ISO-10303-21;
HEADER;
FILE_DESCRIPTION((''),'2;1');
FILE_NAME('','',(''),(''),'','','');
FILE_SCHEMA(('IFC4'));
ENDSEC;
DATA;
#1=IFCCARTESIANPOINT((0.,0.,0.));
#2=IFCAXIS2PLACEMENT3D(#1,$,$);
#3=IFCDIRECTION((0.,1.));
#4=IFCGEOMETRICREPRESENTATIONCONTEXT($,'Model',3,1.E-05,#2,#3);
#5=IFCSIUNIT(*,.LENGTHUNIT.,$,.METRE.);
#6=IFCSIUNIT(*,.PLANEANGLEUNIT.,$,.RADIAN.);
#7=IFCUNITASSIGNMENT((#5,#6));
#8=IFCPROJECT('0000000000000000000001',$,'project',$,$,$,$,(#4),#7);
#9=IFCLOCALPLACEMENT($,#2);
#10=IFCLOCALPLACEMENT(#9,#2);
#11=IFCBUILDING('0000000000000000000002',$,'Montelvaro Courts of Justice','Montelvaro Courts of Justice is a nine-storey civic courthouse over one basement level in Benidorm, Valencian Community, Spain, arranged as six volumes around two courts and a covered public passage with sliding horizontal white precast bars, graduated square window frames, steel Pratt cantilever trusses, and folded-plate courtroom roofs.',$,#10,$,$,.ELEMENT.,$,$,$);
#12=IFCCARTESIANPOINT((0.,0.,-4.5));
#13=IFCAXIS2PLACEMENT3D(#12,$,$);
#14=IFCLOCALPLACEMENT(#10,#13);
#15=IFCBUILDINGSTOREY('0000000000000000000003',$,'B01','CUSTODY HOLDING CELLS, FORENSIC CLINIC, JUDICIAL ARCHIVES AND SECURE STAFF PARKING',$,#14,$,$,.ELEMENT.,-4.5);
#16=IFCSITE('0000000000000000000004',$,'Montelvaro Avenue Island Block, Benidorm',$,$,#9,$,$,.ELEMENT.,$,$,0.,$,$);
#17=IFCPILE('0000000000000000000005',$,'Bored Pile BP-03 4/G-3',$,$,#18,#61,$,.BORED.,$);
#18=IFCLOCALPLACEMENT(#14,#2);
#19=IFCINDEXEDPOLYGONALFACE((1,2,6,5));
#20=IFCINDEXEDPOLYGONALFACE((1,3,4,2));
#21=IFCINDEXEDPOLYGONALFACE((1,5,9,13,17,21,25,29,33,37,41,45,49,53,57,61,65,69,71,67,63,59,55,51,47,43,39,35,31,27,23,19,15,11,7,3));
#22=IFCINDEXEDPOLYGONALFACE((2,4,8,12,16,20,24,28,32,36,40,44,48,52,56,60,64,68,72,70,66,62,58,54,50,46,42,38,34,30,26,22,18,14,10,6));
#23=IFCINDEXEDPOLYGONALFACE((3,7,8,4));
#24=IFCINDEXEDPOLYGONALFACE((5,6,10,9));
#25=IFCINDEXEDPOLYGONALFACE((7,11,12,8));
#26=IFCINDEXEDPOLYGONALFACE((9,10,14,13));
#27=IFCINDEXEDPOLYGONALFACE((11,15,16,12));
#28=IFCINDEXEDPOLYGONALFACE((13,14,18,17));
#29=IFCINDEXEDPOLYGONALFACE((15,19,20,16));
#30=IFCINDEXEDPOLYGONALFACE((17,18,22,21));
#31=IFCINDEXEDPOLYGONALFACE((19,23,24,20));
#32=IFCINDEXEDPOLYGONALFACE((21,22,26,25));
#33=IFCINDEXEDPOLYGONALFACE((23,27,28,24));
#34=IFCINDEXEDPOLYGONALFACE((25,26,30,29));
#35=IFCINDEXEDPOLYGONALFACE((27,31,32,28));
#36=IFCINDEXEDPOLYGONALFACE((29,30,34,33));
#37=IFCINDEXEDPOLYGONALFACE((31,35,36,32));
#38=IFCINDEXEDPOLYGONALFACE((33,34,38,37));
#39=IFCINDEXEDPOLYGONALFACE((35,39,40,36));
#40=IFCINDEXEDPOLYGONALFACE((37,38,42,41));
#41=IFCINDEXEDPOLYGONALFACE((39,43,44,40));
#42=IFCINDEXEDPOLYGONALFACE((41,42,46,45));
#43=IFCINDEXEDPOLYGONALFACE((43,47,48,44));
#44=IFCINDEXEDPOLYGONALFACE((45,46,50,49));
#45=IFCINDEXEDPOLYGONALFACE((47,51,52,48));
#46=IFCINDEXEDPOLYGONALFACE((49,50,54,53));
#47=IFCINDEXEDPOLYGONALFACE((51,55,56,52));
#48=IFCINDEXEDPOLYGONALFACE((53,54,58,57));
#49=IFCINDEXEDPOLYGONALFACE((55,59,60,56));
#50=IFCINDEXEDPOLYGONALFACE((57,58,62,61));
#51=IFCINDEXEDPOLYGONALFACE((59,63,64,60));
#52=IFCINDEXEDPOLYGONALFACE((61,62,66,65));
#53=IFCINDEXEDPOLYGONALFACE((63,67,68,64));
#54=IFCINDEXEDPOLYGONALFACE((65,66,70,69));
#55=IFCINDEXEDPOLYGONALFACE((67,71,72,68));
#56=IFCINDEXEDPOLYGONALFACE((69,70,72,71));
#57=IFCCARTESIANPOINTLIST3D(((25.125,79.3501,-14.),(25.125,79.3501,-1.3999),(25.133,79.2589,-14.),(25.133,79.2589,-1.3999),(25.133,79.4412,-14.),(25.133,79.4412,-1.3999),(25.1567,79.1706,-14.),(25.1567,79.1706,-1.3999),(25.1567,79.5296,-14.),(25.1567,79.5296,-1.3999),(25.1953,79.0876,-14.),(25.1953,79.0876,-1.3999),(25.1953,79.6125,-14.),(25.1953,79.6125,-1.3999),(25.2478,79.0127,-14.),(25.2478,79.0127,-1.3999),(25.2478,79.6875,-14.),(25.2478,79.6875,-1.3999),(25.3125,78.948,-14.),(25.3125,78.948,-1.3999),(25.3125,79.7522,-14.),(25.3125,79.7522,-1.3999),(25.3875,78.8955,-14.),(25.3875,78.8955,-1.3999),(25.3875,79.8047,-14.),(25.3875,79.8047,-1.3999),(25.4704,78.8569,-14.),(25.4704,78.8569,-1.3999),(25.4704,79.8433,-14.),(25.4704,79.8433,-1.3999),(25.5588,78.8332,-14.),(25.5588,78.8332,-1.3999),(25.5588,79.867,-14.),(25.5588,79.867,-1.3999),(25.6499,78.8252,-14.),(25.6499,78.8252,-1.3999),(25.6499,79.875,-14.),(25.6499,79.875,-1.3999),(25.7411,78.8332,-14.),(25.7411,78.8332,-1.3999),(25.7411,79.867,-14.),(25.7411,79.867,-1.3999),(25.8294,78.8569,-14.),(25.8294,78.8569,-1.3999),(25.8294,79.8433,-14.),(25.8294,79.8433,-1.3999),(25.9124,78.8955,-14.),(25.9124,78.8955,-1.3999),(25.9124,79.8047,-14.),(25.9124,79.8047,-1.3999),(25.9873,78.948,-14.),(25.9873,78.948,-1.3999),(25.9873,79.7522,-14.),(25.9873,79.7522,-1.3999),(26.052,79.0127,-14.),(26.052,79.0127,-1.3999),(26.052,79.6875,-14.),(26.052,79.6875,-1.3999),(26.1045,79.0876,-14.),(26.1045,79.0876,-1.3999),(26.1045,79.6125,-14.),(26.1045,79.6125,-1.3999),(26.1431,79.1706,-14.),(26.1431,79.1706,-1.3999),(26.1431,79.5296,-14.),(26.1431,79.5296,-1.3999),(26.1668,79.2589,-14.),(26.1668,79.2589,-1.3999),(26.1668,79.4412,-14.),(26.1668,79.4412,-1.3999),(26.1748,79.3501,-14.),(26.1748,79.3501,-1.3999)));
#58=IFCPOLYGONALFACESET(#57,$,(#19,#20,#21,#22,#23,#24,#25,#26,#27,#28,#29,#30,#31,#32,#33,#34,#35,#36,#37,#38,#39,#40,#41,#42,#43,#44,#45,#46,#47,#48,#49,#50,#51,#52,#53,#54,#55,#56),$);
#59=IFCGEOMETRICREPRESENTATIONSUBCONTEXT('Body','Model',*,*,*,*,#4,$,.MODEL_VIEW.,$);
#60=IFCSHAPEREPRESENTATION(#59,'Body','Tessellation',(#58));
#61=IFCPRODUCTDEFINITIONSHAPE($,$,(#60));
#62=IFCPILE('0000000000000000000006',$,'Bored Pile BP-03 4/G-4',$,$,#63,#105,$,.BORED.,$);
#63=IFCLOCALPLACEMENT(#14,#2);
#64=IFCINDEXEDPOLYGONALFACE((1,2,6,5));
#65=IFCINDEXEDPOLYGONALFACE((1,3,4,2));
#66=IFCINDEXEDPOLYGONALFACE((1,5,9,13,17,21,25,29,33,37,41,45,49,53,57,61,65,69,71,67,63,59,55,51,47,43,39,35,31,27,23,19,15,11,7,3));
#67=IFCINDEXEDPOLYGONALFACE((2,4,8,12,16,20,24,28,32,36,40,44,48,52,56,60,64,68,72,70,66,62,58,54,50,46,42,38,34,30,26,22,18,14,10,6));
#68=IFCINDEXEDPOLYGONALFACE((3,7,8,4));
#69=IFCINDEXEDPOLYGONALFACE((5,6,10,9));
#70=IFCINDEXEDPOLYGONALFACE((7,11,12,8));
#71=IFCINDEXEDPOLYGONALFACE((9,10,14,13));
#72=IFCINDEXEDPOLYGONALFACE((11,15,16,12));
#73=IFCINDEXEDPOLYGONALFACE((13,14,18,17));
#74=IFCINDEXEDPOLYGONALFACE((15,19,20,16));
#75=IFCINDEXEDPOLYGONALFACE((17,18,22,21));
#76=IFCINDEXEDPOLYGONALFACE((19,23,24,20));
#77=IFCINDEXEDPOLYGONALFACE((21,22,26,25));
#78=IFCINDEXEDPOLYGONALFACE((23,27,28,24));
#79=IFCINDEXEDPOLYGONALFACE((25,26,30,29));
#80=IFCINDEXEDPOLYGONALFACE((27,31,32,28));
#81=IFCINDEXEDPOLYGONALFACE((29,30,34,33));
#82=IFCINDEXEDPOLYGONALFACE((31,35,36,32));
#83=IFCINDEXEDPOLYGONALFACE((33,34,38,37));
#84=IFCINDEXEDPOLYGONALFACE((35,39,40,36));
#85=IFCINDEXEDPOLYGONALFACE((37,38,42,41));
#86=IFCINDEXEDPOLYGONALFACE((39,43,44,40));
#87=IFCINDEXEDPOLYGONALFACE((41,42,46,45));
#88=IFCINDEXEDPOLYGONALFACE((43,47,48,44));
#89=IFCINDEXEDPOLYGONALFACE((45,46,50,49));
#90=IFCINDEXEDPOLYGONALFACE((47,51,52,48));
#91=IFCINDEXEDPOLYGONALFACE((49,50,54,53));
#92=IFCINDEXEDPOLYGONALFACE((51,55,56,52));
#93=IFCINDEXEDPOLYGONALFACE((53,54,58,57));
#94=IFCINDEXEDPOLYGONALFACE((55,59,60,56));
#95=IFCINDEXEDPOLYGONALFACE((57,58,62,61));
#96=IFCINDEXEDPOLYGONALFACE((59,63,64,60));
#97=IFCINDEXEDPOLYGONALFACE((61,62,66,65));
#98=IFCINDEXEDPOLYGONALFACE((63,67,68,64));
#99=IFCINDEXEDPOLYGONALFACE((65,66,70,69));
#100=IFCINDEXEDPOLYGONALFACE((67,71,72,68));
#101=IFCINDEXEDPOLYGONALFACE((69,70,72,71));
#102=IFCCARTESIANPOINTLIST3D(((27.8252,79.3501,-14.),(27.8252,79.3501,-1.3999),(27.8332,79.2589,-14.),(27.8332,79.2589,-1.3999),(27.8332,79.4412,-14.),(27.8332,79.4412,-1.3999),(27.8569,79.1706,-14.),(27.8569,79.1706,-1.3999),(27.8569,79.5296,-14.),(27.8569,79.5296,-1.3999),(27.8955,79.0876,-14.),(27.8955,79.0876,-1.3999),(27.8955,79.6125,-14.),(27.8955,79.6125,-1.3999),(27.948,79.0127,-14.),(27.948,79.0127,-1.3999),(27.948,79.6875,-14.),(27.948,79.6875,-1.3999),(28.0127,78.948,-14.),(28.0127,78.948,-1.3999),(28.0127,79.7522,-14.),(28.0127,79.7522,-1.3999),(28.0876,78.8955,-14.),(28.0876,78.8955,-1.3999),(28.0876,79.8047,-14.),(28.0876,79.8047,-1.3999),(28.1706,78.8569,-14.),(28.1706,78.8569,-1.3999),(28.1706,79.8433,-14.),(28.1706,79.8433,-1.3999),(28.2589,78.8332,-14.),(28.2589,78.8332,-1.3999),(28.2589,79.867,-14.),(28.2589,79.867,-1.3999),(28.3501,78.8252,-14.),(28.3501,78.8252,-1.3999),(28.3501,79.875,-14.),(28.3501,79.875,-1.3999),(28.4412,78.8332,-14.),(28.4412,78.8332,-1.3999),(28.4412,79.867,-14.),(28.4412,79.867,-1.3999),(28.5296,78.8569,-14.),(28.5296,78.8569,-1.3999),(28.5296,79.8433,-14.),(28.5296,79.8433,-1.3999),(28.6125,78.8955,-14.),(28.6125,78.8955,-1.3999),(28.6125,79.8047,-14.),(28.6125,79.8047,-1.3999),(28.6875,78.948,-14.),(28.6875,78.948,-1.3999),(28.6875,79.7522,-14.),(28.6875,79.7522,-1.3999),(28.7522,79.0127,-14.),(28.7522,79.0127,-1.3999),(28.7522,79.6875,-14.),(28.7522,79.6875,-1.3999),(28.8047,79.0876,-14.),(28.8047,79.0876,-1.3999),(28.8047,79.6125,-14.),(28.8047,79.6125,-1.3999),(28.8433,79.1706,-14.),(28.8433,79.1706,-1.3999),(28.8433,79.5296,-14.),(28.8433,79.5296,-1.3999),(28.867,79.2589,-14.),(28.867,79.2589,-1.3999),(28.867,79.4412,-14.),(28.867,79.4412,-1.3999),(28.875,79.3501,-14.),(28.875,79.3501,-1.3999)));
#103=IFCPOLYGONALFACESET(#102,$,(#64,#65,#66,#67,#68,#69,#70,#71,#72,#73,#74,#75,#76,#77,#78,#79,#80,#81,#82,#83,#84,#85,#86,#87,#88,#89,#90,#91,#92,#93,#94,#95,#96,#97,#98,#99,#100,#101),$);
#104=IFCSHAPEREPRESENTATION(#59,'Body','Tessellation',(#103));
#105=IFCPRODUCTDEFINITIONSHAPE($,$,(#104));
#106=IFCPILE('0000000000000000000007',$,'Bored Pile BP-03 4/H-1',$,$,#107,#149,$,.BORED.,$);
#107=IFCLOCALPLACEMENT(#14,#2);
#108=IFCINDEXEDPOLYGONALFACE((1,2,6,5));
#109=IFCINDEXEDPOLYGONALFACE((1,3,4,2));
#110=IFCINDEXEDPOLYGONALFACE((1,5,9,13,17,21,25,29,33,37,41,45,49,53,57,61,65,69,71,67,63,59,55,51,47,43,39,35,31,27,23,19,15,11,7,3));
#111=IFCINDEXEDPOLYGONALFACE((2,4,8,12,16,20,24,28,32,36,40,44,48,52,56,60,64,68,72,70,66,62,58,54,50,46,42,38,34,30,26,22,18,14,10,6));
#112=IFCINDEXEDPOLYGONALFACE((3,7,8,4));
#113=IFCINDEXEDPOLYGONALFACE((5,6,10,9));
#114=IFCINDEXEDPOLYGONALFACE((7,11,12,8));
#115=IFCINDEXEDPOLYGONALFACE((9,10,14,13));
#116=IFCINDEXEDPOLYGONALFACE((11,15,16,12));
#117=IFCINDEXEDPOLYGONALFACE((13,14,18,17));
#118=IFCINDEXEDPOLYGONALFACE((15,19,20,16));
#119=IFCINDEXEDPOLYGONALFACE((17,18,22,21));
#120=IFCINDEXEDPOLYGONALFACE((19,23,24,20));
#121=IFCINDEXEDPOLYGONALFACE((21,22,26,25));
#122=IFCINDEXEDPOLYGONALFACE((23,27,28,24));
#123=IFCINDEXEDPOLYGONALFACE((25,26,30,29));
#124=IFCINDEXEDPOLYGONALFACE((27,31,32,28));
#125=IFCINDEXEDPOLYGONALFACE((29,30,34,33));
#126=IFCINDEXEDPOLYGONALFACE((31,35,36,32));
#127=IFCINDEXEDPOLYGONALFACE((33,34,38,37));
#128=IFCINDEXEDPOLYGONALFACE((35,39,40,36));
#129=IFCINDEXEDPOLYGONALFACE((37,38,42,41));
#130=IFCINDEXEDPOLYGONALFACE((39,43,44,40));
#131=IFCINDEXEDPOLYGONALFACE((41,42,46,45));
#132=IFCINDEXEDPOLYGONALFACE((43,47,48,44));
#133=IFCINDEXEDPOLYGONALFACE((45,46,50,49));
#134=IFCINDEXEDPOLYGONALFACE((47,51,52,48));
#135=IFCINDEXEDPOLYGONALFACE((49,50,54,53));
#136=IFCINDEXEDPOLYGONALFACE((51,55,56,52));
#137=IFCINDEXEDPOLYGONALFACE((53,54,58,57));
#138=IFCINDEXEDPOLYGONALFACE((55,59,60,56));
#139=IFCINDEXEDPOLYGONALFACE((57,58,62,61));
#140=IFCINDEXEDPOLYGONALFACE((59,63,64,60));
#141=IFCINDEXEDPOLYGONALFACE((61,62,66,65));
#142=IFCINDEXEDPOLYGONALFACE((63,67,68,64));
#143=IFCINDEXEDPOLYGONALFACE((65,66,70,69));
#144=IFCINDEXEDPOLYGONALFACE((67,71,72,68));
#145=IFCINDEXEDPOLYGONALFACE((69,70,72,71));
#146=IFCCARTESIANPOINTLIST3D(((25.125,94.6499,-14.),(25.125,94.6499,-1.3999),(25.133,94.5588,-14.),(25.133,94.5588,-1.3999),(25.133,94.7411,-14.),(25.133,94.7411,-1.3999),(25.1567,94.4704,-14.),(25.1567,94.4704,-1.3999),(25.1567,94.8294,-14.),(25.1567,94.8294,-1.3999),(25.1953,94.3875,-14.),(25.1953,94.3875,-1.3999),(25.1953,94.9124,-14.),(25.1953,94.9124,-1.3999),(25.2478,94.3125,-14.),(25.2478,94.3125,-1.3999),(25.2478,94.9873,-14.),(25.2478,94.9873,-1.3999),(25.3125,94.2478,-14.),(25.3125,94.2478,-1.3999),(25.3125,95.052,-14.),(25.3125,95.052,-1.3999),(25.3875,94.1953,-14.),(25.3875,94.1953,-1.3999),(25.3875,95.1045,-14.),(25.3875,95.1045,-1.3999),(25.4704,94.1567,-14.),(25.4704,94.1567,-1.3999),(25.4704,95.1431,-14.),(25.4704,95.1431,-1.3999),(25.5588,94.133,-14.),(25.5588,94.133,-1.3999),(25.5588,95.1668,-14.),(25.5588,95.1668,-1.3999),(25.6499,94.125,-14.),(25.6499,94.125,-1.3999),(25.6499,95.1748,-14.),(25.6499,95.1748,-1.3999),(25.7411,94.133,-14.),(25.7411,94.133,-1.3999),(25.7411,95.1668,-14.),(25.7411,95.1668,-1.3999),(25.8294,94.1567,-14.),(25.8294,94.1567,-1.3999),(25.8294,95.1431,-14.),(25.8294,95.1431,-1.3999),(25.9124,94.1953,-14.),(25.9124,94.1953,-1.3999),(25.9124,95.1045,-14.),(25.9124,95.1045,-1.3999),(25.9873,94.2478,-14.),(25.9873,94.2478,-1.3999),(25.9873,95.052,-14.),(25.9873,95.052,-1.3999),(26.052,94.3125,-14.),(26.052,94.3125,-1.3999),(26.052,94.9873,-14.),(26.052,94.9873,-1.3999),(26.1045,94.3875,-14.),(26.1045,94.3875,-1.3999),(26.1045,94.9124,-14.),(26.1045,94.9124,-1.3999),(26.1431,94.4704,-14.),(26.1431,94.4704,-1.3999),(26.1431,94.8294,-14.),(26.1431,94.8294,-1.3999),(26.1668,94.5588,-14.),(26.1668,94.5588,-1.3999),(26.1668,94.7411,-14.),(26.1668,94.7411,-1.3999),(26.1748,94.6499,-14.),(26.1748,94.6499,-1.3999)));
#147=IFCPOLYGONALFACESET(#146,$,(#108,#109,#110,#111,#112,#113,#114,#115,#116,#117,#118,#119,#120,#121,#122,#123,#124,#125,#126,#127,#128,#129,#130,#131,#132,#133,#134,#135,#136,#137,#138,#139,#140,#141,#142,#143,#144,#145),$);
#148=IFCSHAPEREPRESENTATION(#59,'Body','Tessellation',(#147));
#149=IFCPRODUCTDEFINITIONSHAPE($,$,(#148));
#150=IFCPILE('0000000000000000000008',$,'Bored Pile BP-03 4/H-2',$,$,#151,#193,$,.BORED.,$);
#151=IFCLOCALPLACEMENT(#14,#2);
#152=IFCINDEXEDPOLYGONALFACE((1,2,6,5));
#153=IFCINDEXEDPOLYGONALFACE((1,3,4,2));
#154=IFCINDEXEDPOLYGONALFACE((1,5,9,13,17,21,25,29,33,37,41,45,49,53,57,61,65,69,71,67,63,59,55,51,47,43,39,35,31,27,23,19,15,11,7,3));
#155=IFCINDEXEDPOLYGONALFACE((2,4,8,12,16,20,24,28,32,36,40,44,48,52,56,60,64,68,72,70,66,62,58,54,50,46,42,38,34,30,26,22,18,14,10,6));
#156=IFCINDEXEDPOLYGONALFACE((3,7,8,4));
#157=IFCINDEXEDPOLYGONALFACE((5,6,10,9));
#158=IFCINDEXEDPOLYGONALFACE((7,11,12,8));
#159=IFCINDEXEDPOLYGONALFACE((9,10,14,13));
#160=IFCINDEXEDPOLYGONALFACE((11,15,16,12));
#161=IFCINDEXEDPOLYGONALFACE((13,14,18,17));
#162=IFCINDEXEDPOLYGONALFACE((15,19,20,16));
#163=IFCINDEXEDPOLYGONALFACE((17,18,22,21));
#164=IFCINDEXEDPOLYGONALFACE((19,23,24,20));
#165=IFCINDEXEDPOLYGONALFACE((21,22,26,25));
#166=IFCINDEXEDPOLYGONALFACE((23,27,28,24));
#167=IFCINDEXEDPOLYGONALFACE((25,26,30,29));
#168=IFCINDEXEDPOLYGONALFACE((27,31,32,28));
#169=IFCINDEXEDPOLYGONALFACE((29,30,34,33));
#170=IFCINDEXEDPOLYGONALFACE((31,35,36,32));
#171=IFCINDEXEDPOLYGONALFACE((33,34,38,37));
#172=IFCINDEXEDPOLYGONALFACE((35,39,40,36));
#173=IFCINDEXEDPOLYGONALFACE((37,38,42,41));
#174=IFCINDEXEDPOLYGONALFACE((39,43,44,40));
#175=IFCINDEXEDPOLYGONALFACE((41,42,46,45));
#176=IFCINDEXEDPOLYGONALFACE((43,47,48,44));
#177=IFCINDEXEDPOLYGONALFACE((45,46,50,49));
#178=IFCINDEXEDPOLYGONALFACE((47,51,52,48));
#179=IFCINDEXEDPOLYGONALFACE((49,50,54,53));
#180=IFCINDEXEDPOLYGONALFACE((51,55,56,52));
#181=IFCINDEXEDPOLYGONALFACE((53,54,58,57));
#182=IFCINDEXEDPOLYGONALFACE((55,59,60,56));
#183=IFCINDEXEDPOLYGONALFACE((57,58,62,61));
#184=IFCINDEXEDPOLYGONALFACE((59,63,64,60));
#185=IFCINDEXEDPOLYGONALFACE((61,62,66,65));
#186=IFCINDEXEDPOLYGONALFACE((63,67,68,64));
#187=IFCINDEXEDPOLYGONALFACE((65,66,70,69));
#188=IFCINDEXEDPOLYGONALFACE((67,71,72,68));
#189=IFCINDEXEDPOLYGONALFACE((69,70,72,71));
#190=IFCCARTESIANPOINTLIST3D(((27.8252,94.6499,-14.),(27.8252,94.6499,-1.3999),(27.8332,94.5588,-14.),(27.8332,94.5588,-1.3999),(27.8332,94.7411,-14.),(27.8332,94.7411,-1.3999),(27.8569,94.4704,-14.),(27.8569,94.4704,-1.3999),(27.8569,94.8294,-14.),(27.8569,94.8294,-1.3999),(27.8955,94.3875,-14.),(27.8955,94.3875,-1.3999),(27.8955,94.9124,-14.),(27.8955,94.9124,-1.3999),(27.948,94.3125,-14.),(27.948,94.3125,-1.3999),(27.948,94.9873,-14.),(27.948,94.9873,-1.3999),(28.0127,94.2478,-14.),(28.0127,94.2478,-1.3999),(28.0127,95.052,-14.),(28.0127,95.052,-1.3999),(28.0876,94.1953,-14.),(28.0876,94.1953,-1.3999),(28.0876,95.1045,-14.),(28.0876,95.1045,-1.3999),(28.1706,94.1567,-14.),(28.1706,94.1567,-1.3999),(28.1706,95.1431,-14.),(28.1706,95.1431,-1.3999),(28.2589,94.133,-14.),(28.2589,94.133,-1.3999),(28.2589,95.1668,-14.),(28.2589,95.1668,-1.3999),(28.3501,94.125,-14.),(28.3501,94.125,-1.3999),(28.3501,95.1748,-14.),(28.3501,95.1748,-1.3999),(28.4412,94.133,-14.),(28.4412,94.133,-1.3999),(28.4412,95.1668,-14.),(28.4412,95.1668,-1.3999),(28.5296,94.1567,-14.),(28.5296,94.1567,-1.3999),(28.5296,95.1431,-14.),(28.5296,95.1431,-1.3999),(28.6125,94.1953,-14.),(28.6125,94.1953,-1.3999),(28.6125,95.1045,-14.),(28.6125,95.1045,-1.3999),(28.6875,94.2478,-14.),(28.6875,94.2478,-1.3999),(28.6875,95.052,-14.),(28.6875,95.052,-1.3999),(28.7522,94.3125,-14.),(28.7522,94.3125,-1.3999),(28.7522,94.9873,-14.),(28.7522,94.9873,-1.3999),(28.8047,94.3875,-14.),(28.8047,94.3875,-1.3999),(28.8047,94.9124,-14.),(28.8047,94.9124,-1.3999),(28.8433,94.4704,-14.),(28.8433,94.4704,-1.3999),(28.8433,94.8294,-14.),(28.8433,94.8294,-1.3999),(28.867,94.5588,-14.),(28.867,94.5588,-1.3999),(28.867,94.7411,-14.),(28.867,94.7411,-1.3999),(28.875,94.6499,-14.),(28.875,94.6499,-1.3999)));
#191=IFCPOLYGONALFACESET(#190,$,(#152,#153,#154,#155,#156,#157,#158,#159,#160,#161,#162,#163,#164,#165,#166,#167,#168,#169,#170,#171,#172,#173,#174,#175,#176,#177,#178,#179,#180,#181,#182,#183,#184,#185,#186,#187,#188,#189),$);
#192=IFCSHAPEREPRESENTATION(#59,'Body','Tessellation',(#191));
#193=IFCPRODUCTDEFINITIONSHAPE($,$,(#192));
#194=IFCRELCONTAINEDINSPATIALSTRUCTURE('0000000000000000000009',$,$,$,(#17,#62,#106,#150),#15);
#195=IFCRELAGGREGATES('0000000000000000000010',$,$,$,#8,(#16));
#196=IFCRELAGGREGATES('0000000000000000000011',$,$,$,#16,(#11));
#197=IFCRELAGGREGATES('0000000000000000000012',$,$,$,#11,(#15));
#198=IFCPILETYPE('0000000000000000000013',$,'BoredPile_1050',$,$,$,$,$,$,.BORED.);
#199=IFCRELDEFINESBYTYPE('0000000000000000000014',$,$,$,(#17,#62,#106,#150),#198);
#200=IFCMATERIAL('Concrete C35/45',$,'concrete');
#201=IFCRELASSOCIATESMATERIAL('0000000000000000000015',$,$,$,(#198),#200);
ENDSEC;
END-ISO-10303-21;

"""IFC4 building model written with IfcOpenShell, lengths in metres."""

from ifc_helpers import new_model, si_unit, direction, frame, origin, origin_2d, place, context, subcontext, project, spatial, circle, extrude, material, material_profile, profile_set, type_object, element, save


model = new_model("IFC4")

# Units and contexts
model_context = context("Model", 3, precision=1e-05, world=origin(), true_north=direction((0.0, 1.0)))
body_context = subcontext(model_context, "Body", "Model", "MODEL_VIEW")
ifc_project = project(units=[si_unit("LENGTHUNIT", "METRE"), si_unit("PLANEANGLEUNIT", "RADIAN")], contexts=[model_context])

# Site, building, storey
site_placement = place(None, origin())
site = spatial("IfcSite", under=ifc_project, at=site_placement, Name="Montelvaro Avenue Island Block, Benidorm", CompositionType="ELEMENT", RefElevation=0.0)
building_placement = place(site_placement, origin())
building = spatial("IfcBuilding", under=site, at=building_placement, Name="Montelvaro Courts of Justice", Description="Montelvaro Courts of Justice is a nine-storey civic courthouse over one basement level in Benidorm, Valencian Community, Spain, arranged as six volumes around two courts and a covered public passage with sliding horizontal white precast bars, graduated square window frames, steel Pratt cantilever trusses, and folded-plate courtroom roofs.", CompositionType="ELEMENT")
storey_placement = place(building_placement, frame((0.0, 0.0, -4.5)))
storey = spatial("IfcBuildingStorey", under=building, at=storey_placement, Name="B01", Description="CUSTODY HOLDING CELLS, FORENSIC CLINIC, JUDICIAL ARCHIVES AND SECURE STAFF PARKING", CompositionType="ELEMENT", Elevation=-4.5)

# Piles
ifc_material_1 = material(Name="Concrete C35/45", Category="concrete")
ifc_material_profile_1 = material_profile(ifc_material_1, circle(Radius=0.5249, at=origin_2d()), Name="BORED PILE D1050")
ifc_profile_set_1 = profile_set([ifc_material_profile_1], Name="Concrete C35/45")
pile_type_1 = type_object("IfcPileType", Name="BoredPile_1050", PredefinedType="BORED", material=ifc_profile_set_1)
for number, where, z_axis, x_axis, name in (
    (1, (25.6499, 79.3501, -1.3999), (0.0, 0.0, -1.0), (1.0, 0.0, 0.0), "Bored Pile BP-03 4/G-3"),
    (2, (28.3501, 79.3501, -1.3999), (0.0, 0.0, -1.0), (1.0, 0.0, 0.0), "Bored Pile BP-03 4/G-4"),
    (3, (25.6499, 94.6499, -1.3999), (0.0, 0.0, -1.0), (1.0, 0.0, 0.0), "Bored Pile BP-03 4/H-1"),
    (4, (28.3501, 94.6499, -1.3999), (0.0, 0.0, -1.0), (1.0, 0.0, 0.0), "Bored Pile BP-03 4/H-2"),
):
    element("IfcPile", number, at=place(storey_placement, frame(where, z_axis=z_axis, x_axis=x_axis)), inside=storey, type_object=pile_type_1, Name=name, PredefinedType="BORED", context=body_context, shape_type="SweptSolid", body=[
        extrude(circle(Radius=0.5249, at=origin_2d()), origin(), (0.0, 0.0, 1.0), 12.6001),
    ])

save(model, "model.ifc")
